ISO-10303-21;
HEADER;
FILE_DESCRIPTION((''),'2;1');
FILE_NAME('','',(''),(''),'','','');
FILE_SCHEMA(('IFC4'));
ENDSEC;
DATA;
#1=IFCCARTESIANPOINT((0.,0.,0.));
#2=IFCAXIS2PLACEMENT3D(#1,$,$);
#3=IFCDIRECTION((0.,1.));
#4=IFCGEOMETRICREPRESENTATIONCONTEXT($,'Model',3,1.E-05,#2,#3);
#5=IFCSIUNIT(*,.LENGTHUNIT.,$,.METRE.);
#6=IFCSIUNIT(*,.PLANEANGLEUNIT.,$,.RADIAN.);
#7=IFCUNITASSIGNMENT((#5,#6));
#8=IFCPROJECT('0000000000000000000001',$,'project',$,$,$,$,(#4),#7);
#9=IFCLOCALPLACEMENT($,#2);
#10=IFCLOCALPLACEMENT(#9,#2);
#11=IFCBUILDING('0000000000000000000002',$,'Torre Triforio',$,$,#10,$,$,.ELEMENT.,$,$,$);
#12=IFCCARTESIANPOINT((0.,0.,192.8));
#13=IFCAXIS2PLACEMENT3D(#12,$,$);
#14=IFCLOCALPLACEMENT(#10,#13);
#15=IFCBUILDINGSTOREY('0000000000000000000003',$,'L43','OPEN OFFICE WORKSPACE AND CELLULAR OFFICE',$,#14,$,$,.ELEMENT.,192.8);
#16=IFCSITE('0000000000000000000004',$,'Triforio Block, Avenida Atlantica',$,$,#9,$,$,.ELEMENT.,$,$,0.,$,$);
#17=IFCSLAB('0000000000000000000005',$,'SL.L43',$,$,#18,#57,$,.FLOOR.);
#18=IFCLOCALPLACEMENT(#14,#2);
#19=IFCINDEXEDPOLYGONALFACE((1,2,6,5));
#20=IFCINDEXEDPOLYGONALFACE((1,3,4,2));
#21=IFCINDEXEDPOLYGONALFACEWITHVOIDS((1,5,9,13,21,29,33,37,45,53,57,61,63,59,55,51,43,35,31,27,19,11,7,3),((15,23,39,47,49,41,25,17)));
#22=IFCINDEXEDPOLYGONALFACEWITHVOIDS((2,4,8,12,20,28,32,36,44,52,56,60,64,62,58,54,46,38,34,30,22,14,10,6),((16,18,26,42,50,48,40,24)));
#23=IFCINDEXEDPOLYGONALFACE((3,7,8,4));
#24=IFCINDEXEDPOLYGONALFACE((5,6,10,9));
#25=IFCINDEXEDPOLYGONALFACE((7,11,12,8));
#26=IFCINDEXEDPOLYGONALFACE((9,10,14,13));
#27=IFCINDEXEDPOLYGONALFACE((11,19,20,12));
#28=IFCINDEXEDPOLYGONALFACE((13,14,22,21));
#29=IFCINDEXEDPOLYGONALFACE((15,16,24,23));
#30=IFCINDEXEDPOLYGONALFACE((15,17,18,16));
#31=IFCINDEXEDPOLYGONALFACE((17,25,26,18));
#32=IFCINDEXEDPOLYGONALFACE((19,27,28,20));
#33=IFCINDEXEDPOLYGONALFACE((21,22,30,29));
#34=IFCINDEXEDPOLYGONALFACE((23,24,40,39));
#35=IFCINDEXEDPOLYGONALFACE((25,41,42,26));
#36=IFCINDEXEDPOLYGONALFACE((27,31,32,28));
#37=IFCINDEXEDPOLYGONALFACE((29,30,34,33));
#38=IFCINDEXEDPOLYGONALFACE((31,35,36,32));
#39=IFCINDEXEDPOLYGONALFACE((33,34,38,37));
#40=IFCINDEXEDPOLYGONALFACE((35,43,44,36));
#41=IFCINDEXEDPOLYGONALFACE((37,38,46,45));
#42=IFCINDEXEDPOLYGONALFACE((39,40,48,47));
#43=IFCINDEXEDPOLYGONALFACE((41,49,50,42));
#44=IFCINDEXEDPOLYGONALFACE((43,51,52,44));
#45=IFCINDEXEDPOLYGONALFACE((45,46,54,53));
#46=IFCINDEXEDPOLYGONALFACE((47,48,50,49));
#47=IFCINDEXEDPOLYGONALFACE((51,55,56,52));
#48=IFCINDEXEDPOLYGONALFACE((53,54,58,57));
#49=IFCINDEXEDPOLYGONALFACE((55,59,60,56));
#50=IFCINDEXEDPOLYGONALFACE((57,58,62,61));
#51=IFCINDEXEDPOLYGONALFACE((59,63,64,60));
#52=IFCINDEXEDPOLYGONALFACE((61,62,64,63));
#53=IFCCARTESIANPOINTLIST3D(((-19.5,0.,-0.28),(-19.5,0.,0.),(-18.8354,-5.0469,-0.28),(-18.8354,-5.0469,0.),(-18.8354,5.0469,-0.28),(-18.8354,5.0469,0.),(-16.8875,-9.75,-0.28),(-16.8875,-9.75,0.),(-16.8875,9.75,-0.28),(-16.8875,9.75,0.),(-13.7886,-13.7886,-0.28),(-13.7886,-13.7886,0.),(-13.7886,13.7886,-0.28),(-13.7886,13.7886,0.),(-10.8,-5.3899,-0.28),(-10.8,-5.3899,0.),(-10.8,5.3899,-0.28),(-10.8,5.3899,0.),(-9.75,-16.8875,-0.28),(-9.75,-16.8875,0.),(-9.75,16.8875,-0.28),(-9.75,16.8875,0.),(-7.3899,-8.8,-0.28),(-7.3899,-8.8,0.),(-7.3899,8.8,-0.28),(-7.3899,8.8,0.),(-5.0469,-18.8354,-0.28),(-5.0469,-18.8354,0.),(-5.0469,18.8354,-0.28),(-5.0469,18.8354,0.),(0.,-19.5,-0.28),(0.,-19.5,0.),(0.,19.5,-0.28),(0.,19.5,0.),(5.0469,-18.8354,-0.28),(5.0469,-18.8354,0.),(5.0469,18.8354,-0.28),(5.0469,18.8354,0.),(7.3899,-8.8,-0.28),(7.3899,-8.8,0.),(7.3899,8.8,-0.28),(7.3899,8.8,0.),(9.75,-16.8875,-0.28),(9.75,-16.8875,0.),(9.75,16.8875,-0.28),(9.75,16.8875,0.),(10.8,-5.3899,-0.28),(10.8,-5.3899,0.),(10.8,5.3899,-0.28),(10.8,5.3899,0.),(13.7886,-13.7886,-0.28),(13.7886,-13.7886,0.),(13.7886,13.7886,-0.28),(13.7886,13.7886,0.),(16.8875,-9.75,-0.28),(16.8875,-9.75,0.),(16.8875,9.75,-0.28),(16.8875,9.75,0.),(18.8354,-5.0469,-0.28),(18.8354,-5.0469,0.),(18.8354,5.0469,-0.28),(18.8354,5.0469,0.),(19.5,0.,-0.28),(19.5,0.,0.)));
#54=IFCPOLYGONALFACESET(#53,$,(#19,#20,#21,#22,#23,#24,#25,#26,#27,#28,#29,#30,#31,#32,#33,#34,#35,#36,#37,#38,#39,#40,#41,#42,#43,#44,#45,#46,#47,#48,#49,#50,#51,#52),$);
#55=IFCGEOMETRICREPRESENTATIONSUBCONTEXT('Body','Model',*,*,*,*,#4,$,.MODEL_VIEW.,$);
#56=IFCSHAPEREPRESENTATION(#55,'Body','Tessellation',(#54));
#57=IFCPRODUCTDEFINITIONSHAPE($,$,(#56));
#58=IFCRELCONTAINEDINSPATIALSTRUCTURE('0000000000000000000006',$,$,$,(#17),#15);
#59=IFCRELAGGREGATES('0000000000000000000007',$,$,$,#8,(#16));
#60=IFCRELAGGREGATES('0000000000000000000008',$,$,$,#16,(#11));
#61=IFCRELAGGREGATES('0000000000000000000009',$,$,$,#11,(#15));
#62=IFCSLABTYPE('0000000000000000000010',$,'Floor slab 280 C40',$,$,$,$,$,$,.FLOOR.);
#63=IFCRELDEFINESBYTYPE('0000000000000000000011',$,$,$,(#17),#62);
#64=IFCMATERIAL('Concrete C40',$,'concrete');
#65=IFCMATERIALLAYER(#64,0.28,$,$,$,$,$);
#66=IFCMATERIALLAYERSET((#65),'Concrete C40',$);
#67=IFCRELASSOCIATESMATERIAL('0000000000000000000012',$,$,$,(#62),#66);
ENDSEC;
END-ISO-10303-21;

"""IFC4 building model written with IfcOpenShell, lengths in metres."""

from ifc_helpers import new_model, si_unit, direction, frame, origin, place, context, subcontext, project, spatial, polyline, outline, extrude, material, layer, layer_set, type_object, element, save


model = new_model("IFC4")

# Units and contexts
model_context = context("Model", 3, precision=1e-05, world=origin(), true_north=direction((0.0, 1.0)))
body_context = subcontext(model_context, "Body", "Model", "MODEL_VIEW")
ifc_project = project(units=[si_unit("LENGTHUNIT", "METRE"), si_unit("PLANEANGLEUNIT", "RADIAN")], contexts=[model_context])

# Site, building, storey
site_placement = place(None, origin())
site = spatial("IfcSite", under=ifc_project, at=site_placement, Name="Triforio Block, Avenida Atlantica", CompositionType="ELEMENT", RefElevation=0.0)
building_placement = place(site_placement, origin())
building = spatial("IfcBuilding", under=site, at=building_placement, Name="Torre Triforio", CompositionType="ELEMENT")
storey_placement = place(building_placement, frame((0.0, 0.0, 192.8)))
storey = spatial("IfcBuildingStorey", under=building, at=storey_placement, Name="L43", Description="OPEN OFFICE WORKSPACE AND CELLULAR OFFICE", CompositionType="ELEMENT", Elevation=192.8)

# Slab
ifc_material_1 = material(Name="Concrete C40", Category="concrete")
ifc_layer_1 = layer(ifc_material_1, 0.28)
ifc_layer_set_1 = layer_set([ifc_layer_1], Name="Concrete C40")
slab_type_1 = type_object("IfcSlabType", Name="Floor slab 280 C40", PredefinedType="FLOOR", material=ifc_layer_set_1)
slab_1_placement = place(storey_placement, frame((0.0, 0.0, -0.28)))
element("IfcSlab", 1, at=slab_1_placement, inside=storey, type_object=slab_type_1, Name="SL.L43", PredefinedType="FLOOR", context=body_context, shape_type="SweptSolid", body=[
    extrude(outline(polyline([(16.8875, -9.75), (18.8354, -5.0469), (19.5, 0.0), (18.8354, 5.0469), (16.8875, 9.75), (13.7886, 13.7886), (9.75, 16.8875), (5.0469, 18.8354), (0.0, 19.5), (-5.0469, 18.8354), (-9.75, 16.8875), (-13.7886, 13.7886), (-16.8875, 9.75), (-18.8354, 5.0469), (-19.5, 0.0), (-18.8354, -5.0469), (-16.8875, -9.75), (-13.7886, -13.7886), (-9.75, -16.8875), (-5.0469, -18.8354), (0.0, -19.5), (5.0469, -18.8354), (9.75, -16.8875), (13.7886, -13.7886), (16.8875, -9.75)]), holes=[polyline([(10.8, 5.3899), (10.8, -5.3899), (7.3899, -8.8), (-7.3899, -8.8), (-10.8, -5.3899), (-10.8, 5.3899), (-7.3899, 8.8), (7.3899, 8.8), (10.8, 5.3899)])]), origin(), (0.0, 0.0, 1.0), 0.28),
])

save(model, "model.ifc")
